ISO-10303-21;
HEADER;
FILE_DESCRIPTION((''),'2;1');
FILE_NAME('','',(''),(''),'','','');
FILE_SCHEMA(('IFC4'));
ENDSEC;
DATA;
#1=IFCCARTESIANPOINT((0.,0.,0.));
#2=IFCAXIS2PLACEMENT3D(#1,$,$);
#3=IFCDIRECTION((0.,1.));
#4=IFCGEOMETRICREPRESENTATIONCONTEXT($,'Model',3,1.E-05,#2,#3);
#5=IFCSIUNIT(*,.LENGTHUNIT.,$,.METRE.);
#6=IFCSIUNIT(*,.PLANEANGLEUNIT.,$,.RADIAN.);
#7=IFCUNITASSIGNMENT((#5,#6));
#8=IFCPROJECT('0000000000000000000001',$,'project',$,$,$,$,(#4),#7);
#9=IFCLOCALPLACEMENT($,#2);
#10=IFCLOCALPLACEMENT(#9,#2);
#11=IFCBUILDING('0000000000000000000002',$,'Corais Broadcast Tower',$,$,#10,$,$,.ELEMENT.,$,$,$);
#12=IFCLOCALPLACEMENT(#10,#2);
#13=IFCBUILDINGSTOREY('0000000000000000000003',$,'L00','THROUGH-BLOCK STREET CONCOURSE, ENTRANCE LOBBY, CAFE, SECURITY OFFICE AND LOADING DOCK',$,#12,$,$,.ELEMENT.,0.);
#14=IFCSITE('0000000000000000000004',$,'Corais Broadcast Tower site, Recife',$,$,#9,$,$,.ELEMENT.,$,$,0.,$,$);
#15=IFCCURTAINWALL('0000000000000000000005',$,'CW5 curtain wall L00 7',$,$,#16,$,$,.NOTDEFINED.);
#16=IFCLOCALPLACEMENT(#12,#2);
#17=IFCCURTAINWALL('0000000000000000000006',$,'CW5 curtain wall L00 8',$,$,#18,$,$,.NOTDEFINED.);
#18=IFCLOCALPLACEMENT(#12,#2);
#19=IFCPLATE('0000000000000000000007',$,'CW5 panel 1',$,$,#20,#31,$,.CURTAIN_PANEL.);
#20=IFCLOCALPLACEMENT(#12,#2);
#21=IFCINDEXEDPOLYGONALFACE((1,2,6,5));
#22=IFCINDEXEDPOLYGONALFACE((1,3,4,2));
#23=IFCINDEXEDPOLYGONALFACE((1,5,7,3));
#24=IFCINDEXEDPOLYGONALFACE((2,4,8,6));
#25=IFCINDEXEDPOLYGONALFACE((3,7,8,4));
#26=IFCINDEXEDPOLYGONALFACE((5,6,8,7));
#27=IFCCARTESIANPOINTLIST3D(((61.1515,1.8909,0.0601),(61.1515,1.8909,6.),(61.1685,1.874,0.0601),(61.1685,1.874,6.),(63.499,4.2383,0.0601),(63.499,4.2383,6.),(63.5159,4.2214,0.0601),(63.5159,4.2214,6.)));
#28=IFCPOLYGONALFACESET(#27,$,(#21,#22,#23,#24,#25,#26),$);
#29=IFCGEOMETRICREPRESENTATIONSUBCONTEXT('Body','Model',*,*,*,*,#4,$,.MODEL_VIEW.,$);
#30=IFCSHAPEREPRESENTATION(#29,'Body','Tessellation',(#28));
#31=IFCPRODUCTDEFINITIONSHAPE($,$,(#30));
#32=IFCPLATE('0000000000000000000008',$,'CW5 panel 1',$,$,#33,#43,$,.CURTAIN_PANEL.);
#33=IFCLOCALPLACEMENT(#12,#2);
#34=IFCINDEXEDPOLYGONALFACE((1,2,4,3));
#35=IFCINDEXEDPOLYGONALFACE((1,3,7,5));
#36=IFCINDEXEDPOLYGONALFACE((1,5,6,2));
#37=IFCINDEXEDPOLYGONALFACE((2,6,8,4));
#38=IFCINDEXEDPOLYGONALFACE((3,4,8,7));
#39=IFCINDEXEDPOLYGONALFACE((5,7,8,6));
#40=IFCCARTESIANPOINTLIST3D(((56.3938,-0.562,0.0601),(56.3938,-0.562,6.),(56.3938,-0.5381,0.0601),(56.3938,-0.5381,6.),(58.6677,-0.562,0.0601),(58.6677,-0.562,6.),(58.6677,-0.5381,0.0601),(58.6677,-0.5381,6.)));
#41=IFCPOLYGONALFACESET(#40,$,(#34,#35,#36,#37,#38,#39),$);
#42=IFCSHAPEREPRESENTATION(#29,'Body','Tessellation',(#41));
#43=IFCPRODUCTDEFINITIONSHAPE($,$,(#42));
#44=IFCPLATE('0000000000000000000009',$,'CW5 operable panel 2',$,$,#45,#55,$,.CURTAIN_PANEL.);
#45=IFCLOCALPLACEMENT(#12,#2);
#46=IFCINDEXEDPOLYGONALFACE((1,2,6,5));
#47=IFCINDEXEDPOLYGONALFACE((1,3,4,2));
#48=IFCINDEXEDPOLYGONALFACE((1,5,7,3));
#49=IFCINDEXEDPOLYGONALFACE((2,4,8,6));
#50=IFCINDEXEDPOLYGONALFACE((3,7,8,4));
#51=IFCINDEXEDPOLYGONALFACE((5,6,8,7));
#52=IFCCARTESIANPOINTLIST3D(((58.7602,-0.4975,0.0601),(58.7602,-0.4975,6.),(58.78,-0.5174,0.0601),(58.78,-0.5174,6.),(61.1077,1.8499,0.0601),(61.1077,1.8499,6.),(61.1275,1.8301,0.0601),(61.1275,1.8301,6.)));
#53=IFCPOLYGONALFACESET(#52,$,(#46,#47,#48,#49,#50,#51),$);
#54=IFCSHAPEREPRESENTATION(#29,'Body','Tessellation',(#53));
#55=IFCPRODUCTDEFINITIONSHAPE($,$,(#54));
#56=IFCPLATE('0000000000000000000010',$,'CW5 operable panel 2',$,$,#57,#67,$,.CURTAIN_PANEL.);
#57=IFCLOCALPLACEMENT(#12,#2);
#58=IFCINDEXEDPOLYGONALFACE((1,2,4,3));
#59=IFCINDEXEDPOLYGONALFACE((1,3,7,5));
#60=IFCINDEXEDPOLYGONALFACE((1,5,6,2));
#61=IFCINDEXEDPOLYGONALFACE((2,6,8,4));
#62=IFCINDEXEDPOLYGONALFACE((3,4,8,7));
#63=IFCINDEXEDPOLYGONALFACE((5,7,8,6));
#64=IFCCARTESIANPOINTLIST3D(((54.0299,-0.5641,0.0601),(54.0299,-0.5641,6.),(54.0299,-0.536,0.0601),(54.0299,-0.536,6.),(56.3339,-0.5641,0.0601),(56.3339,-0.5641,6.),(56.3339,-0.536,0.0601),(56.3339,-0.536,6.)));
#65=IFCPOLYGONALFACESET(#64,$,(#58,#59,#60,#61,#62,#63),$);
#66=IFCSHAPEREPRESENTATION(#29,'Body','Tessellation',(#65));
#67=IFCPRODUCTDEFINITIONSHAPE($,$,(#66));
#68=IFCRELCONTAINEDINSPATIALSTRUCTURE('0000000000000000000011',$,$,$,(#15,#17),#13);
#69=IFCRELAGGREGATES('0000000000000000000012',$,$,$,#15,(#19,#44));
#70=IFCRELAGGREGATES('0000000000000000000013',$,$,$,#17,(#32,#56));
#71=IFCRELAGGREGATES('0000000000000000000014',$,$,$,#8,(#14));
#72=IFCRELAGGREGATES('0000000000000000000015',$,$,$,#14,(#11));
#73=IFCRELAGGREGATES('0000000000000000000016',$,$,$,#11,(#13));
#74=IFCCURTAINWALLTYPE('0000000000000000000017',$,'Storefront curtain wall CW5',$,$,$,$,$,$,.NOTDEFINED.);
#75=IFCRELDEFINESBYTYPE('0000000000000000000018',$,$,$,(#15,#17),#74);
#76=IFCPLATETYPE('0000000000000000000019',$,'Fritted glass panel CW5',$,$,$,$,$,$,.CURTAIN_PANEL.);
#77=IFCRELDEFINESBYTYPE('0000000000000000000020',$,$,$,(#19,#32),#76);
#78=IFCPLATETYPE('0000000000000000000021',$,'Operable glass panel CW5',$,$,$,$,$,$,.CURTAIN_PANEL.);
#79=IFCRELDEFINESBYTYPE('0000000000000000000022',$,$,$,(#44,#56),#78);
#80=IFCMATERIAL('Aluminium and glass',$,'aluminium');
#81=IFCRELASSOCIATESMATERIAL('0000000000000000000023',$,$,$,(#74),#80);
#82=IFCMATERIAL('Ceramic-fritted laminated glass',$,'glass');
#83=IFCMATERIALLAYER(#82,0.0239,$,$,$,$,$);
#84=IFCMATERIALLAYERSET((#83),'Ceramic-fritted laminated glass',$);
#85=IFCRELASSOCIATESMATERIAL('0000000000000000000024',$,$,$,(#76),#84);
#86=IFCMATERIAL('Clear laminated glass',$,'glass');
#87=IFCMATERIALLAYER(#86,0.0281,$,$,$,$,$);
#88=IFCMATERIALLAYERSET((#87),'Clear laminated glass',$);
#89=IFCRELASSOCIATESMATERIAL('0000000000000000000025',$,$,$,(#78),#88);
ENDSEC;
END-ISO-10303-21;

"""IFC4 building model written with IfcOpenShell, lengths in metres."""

from ifc_helpers import new_model, si_unit, direction, frame, origin, origin_2d, place, context, subcontext, project, spatial, rectangle, extrude, material, layer, layer_set, type_object, element, aggregate, save


model = new_model("IFC4")

# Units and contexts
model_context = context("Model", 3, precision=1e-05, world=origin(), true_north=direction((0.0, 1.0)))
body_context = subcontext(model_context, "Body", "Model", "MODEL_VIEW")
ifc_project = project(units=[si_unit("LENGTHUNIT", "METRE"), si_unit("PLANEANGLEUNIT", "RADIAN")], contexts=[model_context])

# Site, building, storey
site_placement = place(None, origin())
site = spatial("IfcSite", under=ifc_project, at=site_placement, Name="Corais Broadcast Tower site, Recife", CompositionType="ELEMENT", RefElevation=0.0)
building_placement = place(site_placement, origin())
building = spatial("IfcBuilding", under=site, at=building_placement, Name="Corais Broadcast Tower", CompositionType="ELEMENT")
storey_placement = place(building_placement, origin())
storey = spatial("IfcBuildingStorey", under=building, at=storey_placement, Name="L00", Description="THROUGH-BLOCK STREET CONCOURSE, ENTRANCE LOBBY, CAFE, SECURITY OFFICE AND LOADING DOCK", CompositionType="ELEMENT", Elevation=0.0)

# Curtain walls
ifc_material_1 = material(Name="Aluminium and glass", Category="aluminium")
curtain_wall_type = type_object("IfcCurtainWallType", Name="Storefront curtain wall CW5", PredefinedType="NOTDEFINED", material=ifc_material_1)
curtain_wall_1_placement = place(storey_placement, origin())
curtain_wall_1 = element("IfcCurtainWall", 1, at=curtain_wall_1_placement, inside=storey, type_object=curtain_wall_type, Name="CW5 curtain wall L00 7", PredefinedType="NOTDEFINED")
curtain_wall_2_placement = place(storey_placement, origin())
curtain_wall_2 = element("IfcCurtainWall", 2, at=curtain_wall_2_placement, inside=storey, type_object=curtain_wall_type, Name="CW5 curtain wall L00 8", PredefinedType="NOTDEFINED")

# Plates
ifc_material_2 = material(Name="Ceramic-fritted laminated glass", Category="glass")
ifc_layer_1 = layer(ifc_material_2, 0.0239)
ifc_layer_set_1 = layer_set([ifc_layer_1], Name="Ceramic-fritted laminated glass")
plate_type_1 = type_object("IfcPlateType", Name="Fritted glass panel CW5", PredefinedType="CURTAIN_PANEL", material=ifc_layer_set_1)
plate_1_placement = place(storey_placement, frame((62.3337, 3.0562, 0.0601), z_axis=(0.0, 0.0, 1.0), x_axis=(-0.707107, -0.707107, 0.0)))
plate_1 = element("IfcPlate", 3, at=plate_1_placement, type_object=plate_type_1, Name="CW5 panel 1", PredefinedType="CURTAIN_PANEL", context=body_context, shape_type="SweptSolid", body=[
    extrude(rectangle(XDim=3.3198, YDim=0.0239, at=origin_2d()), origin(), (0.0, 0.0, 1.0), 5.9399),
])
plate_2_placement = place(storey_placement, frame((57.5308, -0.55, 0.0601), z_axis=(0.0, 0.0, 1.0), x_axis=(-1.0, 0.0, 0.0)))
plate_2 = element("IfcPlate", 4, at=plate_2_placement, type_object=plate_type_1, Name="CW5 panel 1", PredefinedType="CURTAIN_PANEL", context=body_context, shape_type="SweptSolid", body=[
    extrude(rectangle(XDim=2.2739, YDim=0.0239, at=origin_2d()), origin(), (0.0, 0.0, 1.0), 5.9399),
])
ifc_material_3 = material(Name="Clear laminated glass", Category="glass")
ifc_layer_2 = layer(ifc_material_3, 0.0281)
ifc_layer_set_2 = layer_set([ifc_layer_2], Name="Clear laminated glass")
plate_type_2 = type_object("IfcPlateType", Name="Operable glass panel CW5", PredefinedType="CURTAIN_PANEL", material=ifc_layer_set_2)
plate_3_placement = place(storey_placement, frame((59.9438, 0.6663, 0.0601), z_axis=(0.0, 0.0, 1.0), x_axis=(-0.707107, -0.707107, 0.0)))
plate_3 = element("IfcPlate", 5, at=plate_3_placement, type_object=plate_type_2, Name="CW5 operable panel 2", PredefinedType="CURTAIN_PANEL", context=body_context, shape_type="SweptSolid", body=[
    extrude(rectangle(XDim=3.3198, YDim=0.0281, at=origin_2d()), origin(), (0.0, 0.0, 1.0), 5.9399),
])
aggregate(curtain_wall_1, [plate_1, plate_3])
plate_4_placement = place(storey_placement, frame((55.1819, -0.55, 0.0601), z_axis=(0.0, 0.0, 1.0), x_axis=(-1.0, 0.0, 0.0)))
plate_4 = element("IfcPlate", 6, at=plate_4_placement, type_object=plate_type_2, Name="CW5 operable panel 2", PredefinedType="CURTAIN_PANEL", context=body_context, shape_type="SweptSolid", body=[
    extrude(rectangle(XDim=2.304, YDim=0.0281, at=origin_2d()), origin(), (0.0, 0.0, 1.0), 5.9399),
])
aggregate(curtain_wall_2, [plate_2, plate_4])

save(model, "model.ifc")
